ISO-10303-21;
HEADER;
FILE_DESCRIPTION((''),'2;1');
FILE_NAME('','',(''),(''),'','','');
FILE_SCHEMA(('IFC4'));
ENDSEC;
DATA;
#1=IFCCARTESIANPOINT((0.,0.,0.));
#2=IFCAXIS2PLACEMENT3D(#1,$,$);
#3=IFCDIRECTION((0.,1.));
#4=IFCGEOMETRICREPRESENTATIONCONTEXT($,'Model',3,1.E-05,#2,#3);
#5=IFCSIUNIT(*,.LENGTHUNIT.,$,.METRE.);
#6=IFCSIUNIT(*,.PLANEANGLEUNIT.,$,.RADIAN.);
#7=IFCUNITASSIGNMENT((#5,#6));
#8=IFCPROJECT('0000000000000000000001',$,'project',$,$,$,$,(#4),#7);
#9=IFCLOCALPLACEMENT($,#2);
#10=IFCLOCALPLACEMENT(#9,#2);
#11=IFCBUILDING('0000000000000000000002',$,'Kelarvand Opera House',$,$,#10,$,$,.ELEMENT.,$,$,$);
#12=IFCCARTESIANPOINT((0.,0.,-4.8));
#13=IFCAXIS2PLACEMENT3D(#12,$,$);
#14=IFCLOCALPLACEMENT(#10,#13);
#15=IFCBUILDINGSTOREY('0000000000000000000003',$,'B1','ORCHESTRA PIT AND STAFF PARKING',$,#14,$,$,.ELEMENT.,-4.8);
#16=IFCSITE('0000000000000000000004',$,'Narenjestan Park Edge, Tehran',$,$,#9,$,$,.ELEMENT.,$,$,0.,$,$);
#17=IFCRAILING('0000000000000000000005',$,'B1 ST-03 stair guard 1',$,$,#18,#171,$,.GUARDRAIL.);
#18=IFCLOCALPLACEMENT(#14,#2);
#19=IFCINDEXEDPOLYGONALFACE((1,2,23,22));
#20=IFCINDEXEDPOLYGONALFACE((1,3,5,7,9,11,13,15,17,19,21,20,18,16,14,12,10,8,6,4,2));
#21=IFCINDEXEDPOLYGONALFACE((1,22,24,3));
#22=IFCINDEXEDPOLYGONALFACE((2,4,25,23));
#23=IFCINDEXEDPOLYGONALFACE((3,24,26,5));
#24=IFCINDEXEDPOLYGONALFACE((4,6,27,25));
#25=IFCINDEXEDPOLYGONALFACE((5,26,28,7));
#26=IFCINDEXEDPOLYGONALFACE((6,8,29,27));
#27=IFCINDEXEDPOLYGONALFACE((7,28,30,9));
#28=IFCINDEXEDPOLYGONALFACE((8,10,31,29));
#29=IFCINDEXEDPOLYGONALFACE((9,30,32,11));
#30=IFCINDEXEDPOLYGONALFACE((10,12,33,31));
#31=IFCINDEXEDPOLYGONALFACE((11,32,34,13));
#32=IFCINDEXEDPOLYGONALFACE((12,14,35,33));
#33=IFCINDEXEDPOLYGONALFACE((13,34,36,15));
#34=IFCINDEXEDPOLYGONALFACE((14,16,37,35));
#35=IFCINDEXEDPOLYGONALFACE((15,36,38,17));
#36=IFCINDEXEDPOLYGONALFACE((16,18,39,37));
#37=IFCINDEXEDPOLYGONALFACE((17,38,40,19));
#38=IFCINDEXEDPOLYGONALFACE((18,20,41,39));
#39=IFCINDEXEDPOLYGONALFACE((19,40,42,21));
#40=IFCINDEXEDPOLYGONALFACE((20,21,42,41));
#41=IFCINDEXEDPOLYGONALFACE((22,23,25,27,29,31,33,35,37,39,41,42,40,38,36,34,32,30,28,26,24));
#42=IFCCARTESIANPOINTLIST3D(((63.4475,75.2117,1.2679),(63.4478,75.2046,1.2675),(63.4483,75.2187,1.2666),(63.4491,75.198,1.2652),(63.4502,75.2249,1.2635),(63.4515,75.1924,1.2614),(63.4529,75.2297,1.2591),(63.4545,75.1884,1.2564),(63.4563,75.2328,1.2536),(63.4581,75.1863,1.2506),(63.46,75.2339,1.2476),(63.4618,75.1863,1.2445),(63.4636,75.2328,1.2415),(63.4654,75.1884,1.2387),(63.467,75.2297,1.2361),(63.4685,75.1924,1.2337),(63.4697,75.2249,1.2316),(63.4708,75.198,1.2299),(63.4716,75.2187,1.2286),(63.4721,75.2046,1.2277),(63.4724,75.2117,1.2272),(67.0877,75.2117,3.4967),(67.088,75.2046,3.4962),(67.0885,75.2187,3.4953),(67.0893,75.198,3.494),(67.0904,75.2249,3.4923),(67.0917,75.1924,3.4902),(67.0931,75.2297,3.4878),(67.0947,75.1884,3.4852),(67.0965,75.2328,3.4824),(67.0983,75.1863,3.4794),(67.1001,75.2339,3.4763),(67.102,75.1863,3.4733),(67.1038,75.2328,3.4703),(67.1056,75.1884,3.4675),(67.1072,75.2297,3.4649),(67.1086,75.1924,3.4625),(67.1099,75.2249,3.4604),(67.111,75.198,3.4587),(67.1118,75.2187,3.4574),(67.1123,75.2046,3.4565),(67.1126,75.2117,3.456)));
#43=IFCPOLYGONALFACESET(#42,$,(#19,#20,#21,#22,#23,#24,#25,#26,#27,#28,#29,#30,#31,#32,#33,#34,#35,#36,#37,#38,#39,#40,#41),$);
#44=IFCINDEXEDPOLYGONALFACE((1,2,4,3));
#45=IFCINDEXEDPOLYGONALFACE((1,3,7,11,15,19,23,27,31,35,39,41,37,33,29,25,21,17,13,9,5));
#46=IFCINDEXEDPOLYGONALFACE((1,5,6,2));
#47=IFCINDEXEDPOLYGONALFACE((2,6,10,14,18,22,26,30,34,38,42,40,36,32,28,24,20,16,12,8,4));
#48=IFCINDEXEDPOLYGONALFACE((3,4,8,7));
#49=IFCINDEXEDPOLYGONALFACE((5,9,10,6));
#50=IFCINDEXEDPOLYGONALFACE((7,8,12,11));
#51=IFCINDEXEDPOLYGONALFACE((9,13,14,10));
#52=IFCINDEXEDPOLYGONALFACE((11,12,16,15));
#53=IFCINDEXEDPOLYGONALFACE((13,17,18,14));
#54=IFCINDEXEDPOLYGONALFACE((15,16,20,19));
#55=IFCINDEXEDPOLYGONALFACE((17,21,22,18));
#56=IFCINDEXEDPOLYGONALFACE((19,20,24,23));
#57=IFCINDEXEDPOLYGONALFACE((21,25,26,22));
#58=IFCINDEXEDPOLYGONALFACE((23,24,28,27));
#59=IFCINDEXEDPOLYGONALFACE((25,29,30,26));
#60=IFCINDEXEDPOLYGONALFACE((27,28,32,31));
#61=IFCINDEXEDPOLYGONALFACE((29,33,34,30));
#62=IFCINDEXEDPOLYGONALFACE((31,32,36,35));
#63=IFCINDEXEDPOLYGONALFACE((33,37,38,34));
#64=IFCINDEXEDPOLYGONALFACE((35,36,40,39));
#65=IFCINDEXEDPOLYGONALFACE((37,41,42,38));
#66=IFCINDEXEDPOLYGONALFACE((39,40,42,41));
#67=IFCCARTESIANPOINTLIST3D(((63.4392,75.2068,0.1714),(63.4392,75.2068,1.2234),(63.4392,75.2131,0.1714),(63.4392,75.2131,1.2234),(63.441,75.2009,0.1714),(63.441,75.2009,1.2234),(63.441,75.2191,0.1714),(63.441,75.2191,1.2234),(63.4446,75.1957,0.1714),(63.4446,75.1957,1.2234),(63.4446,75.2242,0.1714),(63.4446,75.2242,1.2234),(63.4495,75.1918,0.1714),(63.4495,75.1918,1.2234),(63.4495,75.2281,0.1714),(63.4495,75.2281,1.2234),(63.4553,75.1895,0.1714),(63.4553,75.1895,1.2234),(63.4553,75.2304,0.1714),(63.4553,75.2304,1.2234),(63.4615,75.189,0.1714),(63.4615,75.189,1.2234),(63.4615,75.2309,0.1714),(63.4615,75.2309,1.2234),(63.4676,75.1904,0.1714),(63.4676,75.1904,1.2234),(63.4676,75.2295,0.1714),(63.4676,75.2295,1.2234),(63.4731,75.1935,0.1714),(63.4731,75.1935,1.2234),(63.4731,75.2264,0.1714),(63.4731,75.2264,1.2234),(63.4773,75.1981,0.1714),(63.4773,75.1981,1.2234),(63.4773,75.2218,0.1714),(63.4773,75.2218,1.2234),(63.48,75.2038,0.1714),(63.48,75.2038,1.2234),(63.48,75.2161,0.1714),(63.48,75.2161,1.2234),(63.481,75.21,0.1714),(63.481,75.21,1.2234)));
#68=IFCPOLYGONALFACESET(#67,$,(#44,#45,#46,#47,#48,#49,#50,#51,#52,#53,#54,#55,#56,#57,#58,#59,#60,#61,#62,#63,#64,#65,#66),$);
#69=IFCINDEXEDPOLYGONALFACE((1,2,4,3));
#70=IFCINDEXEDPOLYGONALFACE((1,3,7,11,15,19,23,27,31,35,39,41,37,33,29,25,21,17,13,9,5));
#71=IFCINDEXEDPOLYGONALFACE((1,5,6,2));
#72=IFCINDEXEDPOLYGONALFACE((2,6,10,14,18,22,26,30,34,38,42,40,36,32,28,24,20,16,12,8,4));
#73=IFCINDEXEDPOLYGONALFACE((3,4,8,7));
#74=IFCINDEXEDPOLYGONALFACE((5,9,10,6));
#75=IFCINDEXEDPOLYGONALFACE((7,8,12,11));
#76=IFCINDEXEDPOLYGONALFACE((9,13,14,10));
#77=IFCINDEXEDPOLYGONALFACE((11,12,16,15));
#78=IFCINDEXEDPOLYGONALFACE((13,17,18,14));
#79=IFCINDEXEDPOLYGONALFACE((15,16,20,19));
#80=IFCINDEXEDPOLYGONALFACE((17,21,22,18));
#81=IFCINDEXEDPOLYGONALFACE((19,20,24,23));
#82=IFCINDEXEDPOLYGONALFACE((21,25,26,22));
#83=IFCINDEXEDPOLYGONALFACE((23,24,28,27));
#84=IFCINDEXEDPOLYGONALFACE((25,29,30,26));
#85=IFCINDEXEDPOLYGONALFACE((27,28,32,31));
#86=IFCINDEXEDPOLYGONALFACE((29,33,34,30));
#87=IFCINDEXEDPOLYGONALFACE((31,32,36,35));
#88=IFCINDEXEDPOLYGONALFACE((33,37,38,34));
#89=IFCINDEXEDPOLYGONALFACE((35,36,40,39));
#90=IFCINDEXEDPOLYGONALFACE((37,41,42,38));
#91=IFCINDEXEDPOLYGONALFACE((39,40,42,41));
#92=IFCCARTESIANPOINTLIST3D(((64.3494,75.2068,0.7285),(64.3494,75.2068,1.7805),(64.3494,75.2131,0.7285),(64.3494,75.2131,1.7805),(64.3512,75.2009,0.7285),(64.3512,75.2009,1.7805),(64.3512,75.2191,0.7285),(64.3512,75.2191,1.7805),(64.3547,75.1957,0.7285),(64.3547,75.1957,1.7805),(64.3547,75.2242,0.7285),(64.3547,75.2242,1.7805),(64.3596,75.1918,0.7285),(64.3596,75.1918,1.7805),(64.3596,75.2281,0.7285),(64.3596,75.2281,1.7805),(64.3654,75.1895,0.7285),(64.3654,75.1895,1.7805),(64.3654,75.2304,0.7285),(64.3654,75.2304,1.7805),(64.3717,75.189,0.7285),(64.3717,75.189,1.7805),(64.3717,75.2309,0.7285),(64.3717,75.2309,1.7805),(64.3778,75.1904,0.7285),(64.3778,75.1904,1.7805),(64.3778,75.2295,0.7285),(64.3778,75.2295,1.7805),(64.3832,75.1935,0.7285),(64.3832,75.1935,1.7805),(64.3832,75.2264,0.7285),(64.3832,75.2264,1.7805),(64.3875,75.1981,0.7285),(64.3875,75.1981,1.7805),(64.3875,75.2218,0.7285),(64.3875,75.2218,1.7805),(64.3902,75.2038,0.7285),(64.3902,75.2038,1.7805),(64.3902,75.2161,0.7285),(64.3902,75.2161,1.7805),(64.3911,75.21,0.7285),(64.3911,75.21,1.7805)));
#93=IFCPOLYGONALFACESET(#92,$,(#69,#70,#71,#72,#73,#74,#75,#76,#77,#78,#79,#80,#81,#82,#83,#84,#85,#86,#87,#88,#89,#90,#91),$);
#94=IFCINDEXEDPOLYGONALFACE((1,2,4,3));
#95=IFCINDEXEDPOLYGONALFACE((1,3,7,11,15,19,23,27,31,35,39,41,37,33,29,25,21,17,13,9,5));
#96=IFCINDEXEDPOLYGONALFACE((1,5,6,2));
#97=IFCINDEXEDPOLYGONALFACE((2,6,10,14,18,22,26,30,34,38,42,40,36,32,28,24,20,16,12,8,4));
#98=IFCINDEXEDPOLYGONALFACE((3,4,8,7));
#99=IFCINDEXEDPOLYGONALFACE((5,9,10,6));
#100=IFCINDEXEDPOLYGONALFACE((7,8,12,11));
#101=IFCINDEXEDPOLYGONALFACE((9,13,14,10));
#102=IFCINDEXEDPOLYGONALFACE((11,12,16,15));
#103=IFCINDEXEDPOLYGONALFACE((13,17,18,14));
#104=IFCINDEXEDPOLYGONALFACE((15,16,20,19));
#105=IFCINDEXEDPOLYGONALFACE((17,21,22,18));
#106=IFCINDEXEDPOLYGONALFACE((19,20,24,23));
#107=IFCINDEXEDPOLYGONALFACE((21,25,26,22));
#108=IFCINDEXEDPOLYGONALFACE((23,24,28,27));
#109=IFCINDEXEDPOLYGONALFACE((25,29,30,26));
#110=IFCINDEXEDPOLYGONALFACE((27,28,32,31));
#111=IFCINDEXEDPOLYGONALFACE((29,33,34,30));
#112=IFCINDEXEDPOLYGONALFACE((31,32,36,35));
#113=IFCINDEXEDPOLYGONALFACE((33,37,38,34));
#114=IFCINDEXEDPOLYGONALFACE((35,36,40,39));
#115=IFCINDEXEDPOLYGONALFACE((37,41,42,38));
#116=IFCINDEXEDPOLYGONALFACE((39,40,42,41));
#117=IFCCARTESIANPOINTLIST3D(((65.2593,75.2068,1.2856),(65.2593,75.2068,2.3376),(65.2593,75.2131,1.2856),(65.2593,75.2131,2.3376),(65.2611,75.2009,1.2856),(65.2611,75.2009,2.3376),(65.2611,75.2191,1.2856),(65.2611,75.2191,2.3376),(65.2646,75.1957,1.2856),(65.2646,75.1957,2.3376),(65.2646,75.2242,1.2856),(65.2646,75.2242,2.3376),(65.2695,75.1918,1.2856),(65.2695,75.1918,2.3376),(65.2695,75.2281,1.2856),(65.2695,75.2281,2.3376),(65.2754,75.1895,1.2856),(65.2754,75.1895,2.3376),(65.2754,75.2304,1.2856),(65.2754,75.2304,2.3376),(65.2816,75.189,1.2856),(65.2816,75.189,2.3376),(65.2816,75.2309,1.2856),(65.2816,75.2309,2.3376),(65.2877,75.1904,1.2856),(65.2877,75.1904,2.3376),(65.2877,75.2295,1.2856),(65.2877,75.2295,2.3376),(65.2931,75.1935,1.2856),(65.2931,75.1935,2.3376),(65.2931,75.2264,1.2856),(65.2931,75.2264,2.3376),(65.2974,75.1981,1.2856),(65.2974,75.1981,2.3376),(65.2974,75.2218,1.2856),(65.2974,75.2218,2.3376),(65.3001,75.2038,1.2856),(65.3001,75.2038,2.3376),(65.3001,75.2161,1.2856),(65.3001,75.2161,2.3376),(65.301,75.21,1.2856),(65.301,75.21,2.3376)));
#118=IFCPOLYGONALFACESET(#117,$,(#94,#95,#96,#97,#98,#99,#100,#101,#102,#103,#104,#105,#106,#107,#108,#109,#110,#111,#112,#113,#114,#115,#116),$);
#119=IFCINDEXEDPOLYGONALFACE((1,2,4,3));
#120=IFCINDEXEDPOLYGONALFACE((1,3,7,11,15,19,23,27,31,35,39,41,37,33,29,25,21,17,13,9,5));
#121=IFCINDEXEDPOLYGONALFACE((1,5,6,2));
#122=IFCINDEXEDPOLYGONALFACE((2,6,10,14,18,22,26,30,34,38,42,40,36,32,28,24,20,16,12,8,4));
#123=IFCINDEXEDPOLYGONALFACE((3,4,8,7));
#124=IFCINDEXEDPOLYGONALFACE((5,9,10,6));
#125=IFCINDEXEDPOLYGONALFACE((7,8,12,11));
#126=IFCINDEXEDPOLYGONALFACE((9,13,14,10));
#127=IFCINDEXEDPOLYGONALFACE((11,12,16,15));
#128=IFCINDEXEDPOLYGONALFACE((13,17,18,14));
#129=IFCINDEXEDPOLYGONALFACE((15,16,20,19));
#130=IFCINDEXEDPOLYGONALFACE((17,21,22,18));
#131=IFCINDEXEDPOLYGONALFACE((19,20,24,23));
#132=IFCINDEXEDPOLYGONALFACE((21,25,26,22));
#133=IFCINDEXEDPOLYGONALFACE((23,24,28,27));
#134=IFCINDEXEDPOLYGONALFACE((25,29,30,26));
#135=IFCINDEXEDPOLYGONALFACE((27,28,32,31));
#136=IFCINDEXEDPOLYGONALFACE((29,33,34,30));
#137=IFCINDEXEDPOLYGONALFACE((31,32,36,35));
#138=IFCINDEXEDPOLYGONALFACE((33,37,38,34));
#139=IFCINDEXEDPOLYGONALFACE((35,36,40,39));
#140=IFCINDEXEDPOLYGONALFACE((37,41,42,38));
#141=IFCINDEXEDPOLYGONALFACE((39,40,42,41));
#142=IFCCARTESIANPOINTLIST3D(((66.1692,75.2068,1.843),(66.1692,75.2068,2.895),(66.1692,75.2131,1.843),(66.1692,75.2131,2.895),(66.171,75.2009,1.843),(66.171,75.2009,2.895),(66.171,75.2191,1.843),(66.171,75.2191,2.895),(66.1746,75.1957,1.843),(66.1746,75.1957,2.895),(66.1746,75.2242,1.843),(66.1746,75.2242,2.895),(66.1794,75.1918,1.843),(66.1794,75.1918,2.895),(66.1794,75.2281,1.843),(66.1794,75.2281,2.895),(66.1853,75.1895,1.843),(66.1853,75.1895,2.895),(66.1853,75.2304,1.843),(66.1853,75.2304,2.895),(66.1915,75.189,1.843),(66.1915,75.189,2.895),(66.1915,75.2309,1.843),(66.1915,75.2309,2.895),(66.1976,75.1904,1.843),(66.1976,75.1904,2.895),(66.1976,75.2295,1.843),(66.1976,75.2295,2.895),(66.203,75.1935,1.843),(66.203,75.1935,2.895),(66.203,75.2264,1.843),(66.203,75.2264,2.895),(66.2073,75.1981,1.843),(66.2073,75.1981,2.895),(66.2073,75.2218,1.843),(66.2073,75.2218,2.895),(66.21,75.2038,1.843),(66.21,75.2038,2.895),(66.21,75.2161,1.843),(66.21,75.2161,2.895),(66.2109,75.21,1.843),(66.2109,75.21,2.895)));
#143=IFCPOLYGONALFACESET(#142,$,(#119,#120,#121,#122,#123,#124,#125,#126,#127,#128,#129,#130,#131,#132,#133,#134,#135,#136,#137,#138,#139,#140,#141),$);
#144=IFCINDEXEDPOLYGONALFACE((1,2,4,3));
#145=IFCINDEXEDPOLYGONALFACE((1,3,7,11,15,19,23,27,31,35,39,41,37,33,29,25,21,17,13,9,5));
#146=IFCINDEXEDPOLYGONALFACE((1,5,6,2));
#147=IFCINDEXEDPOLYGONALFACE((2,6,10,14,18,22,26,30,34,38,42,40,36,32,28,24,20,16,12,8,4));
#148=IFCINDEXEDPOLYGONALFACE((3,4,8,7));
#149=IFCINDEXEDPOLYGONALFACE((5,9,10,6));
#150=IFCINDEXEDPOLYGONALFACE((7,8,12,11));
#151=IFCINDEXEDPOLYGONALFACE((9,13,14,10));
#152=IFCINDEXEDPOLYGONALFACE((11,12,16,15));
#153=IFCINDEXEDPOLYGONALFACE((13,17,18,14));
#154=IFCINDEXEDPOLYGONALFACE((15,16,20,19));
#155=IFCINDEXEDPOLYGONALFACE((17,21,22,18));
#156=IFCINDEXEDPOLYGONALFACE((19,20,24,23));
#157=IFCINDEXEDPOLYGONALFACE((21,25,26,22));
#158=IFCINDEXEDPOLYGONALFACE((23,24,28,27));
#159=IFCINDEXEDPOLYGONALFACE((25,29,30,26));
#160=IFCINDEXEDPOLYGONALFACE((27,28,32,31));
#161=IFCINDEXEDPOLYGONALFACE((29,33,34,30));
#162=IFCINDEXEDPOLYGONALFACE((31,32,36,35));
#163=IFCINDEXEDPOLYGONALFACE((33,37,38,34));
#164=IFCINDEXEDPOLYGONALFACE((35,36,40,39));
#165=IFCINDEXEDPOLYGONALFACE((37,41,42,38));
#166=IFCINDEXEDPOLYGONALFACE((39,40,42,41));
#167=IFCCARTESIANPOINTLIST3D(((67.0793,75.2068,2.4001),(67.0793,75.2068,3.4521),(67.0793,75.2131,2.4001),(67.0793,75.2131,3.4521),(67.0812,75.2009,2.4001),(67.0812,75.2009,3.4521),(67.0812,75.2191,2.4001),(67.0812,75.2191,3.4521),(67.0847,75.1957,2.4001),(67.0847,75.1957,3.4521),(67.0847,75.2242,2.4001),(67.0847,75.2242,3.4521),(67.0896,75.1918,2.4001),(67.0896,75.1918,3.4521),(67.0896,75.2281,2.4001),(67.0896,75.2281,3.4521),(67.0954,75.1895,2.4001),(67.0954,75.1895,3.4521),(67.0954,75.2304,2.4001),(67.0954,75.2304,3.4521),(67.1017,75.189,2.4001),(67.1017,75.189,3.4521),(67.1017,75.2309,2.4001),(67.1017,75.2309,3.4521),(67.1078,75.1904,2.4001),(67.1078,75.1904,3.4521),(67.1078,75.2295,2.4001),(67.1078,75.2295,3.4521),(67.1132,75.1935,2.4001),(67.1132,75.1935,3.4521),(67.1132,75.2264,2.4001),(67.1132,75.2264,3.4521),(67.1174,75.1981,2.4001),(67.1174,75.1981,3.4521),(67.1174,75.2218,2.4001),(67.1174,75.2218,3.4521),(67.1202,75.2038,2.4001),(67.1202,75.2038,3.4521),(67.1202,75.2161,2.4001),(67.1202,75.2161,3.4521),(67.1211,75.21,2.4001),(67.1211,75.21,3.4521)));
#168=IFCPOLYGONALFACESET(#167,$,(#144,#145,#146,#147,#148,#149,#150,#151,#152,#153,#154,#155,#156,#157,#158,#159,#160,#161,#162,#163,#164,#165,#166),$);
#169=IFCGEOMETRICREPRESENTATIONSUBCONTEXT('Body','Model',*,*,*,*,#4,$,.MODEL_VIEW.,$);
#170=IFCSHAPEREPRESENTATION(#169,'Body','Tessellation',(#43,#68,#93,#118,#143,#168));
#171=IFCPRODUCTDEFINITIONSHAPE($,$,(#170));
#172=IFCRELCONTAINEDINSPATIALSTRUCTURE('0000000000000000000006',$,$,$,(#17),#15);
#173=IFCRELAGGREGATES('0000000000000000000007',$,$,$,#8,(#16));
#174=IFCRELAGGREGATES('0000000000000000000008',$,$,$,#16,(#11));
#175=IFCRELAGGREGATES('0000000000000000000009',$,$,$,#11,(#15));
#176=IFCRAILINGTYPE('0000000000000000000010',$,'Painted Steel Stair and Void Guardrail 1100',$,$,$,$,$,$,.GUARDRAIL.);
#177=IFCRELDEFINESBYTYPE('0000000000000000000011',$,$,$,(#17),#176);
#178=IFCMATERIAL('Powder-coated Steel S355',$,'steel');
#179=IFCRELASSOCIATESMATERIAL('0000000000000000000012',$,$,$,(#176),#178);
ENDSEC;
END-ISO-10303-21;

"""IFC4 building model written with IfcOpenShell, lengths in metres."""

from ifc_helpers import new_model, si_unit, direction, frame, origin, origin_2d, place, context, subcontext, project, spatial, circle, extrude, material, type_object, element, save


model = new_model("IFC4")

# Units and contexts
model_context = context("Model", 3, precision=1e-05, world=origin(), true_north=direction((0.0, 1.0)))
body_context = subcontext(model_context, "Body", "Model", "MODEL_VIEW")
ifc_project = project(units=[si_unit("LENGTHUNIT", "METRE"), si_unit("PLANEANGLEUNIT", "RADIAN")], contexts=[model_context])

# Site, building, storey
site_placement = place(None, origin())
site = spatial("IfcSite", under=ifc_project, at=site_placement, Name="Narenjestan Park Edge, Tehran", CompositionType="ELEMENT", RefElevation=0.0)
building_placement = place(site_placement, origin())
building = spatial("IfcBuilding", under=site, at=building_placement, Name="Kelarvand Opera House", CompositionType="ELEMENT")
storey_placement = place(building_placement, frame((0.0, 0.0, -4.8)))
storey = spatial("IfcBuildingStorey", under=building, at=storey_placement, Name="B1", Description="ORCHESTRA PIT AND STAFF PARKING", CompositionType="ELEMENT", Elevation=-4.8)

# Railing
ifc_material_1 = material(Name="Powder-coated Steel S355", Category="steel")
railing_type_1 = type_object("IfcRailingType", Name="Painted Steel Stair and Void Guardrail 1100", PredefinedType="GUARDRAIL", material=ifc_material_1)
railing_1_placement = place(storey_placement, frame((63.46, 75.21, 0.1714)))
element("IfcRailing", 1, at=railing_1_placement, inside=storey, type_object=railing_type_1, Name="B1 ST-03 stair guard 1", PredefinedType="GUARDRAIL", context=body_context, shape_type="SweptSolid", body=[
    extrude(circle(Radius=0.0239, at=origin_2d()), frame((0.0, 0.0, 1.0762), z_axis=(0.85284, 0.0, 0.522172), x_axis=(0.0, 1.0, 0.0)), (0.0, 0.0, 1.0), 4.2683),
    extrude(circle(Radius=0.021, at=origin_2d()), origin(), (0.0, 0.0, 1.0), 1.052),
    extrude(circle(Radius=0.021, at=origin_2d()), frame((0.9102, 0.0, 0.5571)), (0.0, 0.0, 1.0), 1.052),
    extrude(circle(Radius=0.021, at=origin_2d()), frame((1.8201, 0.0, 1.1143)), (0.0, 0.0, 1.0), 1.052),
    extrude(circle(Radius=0.021, at=origin_2d()), frame((2.73, 0.0, 1.6716)), (0.0, 0.0, 1.0), 1.052),
    extrude(circle(Radius=0.021, at=origin_2d()), frame((3.6401, 0.0, 2.2288)), (0.0, 0.0, 1.0), 1.052),
])

save(model, "model.ifc")
